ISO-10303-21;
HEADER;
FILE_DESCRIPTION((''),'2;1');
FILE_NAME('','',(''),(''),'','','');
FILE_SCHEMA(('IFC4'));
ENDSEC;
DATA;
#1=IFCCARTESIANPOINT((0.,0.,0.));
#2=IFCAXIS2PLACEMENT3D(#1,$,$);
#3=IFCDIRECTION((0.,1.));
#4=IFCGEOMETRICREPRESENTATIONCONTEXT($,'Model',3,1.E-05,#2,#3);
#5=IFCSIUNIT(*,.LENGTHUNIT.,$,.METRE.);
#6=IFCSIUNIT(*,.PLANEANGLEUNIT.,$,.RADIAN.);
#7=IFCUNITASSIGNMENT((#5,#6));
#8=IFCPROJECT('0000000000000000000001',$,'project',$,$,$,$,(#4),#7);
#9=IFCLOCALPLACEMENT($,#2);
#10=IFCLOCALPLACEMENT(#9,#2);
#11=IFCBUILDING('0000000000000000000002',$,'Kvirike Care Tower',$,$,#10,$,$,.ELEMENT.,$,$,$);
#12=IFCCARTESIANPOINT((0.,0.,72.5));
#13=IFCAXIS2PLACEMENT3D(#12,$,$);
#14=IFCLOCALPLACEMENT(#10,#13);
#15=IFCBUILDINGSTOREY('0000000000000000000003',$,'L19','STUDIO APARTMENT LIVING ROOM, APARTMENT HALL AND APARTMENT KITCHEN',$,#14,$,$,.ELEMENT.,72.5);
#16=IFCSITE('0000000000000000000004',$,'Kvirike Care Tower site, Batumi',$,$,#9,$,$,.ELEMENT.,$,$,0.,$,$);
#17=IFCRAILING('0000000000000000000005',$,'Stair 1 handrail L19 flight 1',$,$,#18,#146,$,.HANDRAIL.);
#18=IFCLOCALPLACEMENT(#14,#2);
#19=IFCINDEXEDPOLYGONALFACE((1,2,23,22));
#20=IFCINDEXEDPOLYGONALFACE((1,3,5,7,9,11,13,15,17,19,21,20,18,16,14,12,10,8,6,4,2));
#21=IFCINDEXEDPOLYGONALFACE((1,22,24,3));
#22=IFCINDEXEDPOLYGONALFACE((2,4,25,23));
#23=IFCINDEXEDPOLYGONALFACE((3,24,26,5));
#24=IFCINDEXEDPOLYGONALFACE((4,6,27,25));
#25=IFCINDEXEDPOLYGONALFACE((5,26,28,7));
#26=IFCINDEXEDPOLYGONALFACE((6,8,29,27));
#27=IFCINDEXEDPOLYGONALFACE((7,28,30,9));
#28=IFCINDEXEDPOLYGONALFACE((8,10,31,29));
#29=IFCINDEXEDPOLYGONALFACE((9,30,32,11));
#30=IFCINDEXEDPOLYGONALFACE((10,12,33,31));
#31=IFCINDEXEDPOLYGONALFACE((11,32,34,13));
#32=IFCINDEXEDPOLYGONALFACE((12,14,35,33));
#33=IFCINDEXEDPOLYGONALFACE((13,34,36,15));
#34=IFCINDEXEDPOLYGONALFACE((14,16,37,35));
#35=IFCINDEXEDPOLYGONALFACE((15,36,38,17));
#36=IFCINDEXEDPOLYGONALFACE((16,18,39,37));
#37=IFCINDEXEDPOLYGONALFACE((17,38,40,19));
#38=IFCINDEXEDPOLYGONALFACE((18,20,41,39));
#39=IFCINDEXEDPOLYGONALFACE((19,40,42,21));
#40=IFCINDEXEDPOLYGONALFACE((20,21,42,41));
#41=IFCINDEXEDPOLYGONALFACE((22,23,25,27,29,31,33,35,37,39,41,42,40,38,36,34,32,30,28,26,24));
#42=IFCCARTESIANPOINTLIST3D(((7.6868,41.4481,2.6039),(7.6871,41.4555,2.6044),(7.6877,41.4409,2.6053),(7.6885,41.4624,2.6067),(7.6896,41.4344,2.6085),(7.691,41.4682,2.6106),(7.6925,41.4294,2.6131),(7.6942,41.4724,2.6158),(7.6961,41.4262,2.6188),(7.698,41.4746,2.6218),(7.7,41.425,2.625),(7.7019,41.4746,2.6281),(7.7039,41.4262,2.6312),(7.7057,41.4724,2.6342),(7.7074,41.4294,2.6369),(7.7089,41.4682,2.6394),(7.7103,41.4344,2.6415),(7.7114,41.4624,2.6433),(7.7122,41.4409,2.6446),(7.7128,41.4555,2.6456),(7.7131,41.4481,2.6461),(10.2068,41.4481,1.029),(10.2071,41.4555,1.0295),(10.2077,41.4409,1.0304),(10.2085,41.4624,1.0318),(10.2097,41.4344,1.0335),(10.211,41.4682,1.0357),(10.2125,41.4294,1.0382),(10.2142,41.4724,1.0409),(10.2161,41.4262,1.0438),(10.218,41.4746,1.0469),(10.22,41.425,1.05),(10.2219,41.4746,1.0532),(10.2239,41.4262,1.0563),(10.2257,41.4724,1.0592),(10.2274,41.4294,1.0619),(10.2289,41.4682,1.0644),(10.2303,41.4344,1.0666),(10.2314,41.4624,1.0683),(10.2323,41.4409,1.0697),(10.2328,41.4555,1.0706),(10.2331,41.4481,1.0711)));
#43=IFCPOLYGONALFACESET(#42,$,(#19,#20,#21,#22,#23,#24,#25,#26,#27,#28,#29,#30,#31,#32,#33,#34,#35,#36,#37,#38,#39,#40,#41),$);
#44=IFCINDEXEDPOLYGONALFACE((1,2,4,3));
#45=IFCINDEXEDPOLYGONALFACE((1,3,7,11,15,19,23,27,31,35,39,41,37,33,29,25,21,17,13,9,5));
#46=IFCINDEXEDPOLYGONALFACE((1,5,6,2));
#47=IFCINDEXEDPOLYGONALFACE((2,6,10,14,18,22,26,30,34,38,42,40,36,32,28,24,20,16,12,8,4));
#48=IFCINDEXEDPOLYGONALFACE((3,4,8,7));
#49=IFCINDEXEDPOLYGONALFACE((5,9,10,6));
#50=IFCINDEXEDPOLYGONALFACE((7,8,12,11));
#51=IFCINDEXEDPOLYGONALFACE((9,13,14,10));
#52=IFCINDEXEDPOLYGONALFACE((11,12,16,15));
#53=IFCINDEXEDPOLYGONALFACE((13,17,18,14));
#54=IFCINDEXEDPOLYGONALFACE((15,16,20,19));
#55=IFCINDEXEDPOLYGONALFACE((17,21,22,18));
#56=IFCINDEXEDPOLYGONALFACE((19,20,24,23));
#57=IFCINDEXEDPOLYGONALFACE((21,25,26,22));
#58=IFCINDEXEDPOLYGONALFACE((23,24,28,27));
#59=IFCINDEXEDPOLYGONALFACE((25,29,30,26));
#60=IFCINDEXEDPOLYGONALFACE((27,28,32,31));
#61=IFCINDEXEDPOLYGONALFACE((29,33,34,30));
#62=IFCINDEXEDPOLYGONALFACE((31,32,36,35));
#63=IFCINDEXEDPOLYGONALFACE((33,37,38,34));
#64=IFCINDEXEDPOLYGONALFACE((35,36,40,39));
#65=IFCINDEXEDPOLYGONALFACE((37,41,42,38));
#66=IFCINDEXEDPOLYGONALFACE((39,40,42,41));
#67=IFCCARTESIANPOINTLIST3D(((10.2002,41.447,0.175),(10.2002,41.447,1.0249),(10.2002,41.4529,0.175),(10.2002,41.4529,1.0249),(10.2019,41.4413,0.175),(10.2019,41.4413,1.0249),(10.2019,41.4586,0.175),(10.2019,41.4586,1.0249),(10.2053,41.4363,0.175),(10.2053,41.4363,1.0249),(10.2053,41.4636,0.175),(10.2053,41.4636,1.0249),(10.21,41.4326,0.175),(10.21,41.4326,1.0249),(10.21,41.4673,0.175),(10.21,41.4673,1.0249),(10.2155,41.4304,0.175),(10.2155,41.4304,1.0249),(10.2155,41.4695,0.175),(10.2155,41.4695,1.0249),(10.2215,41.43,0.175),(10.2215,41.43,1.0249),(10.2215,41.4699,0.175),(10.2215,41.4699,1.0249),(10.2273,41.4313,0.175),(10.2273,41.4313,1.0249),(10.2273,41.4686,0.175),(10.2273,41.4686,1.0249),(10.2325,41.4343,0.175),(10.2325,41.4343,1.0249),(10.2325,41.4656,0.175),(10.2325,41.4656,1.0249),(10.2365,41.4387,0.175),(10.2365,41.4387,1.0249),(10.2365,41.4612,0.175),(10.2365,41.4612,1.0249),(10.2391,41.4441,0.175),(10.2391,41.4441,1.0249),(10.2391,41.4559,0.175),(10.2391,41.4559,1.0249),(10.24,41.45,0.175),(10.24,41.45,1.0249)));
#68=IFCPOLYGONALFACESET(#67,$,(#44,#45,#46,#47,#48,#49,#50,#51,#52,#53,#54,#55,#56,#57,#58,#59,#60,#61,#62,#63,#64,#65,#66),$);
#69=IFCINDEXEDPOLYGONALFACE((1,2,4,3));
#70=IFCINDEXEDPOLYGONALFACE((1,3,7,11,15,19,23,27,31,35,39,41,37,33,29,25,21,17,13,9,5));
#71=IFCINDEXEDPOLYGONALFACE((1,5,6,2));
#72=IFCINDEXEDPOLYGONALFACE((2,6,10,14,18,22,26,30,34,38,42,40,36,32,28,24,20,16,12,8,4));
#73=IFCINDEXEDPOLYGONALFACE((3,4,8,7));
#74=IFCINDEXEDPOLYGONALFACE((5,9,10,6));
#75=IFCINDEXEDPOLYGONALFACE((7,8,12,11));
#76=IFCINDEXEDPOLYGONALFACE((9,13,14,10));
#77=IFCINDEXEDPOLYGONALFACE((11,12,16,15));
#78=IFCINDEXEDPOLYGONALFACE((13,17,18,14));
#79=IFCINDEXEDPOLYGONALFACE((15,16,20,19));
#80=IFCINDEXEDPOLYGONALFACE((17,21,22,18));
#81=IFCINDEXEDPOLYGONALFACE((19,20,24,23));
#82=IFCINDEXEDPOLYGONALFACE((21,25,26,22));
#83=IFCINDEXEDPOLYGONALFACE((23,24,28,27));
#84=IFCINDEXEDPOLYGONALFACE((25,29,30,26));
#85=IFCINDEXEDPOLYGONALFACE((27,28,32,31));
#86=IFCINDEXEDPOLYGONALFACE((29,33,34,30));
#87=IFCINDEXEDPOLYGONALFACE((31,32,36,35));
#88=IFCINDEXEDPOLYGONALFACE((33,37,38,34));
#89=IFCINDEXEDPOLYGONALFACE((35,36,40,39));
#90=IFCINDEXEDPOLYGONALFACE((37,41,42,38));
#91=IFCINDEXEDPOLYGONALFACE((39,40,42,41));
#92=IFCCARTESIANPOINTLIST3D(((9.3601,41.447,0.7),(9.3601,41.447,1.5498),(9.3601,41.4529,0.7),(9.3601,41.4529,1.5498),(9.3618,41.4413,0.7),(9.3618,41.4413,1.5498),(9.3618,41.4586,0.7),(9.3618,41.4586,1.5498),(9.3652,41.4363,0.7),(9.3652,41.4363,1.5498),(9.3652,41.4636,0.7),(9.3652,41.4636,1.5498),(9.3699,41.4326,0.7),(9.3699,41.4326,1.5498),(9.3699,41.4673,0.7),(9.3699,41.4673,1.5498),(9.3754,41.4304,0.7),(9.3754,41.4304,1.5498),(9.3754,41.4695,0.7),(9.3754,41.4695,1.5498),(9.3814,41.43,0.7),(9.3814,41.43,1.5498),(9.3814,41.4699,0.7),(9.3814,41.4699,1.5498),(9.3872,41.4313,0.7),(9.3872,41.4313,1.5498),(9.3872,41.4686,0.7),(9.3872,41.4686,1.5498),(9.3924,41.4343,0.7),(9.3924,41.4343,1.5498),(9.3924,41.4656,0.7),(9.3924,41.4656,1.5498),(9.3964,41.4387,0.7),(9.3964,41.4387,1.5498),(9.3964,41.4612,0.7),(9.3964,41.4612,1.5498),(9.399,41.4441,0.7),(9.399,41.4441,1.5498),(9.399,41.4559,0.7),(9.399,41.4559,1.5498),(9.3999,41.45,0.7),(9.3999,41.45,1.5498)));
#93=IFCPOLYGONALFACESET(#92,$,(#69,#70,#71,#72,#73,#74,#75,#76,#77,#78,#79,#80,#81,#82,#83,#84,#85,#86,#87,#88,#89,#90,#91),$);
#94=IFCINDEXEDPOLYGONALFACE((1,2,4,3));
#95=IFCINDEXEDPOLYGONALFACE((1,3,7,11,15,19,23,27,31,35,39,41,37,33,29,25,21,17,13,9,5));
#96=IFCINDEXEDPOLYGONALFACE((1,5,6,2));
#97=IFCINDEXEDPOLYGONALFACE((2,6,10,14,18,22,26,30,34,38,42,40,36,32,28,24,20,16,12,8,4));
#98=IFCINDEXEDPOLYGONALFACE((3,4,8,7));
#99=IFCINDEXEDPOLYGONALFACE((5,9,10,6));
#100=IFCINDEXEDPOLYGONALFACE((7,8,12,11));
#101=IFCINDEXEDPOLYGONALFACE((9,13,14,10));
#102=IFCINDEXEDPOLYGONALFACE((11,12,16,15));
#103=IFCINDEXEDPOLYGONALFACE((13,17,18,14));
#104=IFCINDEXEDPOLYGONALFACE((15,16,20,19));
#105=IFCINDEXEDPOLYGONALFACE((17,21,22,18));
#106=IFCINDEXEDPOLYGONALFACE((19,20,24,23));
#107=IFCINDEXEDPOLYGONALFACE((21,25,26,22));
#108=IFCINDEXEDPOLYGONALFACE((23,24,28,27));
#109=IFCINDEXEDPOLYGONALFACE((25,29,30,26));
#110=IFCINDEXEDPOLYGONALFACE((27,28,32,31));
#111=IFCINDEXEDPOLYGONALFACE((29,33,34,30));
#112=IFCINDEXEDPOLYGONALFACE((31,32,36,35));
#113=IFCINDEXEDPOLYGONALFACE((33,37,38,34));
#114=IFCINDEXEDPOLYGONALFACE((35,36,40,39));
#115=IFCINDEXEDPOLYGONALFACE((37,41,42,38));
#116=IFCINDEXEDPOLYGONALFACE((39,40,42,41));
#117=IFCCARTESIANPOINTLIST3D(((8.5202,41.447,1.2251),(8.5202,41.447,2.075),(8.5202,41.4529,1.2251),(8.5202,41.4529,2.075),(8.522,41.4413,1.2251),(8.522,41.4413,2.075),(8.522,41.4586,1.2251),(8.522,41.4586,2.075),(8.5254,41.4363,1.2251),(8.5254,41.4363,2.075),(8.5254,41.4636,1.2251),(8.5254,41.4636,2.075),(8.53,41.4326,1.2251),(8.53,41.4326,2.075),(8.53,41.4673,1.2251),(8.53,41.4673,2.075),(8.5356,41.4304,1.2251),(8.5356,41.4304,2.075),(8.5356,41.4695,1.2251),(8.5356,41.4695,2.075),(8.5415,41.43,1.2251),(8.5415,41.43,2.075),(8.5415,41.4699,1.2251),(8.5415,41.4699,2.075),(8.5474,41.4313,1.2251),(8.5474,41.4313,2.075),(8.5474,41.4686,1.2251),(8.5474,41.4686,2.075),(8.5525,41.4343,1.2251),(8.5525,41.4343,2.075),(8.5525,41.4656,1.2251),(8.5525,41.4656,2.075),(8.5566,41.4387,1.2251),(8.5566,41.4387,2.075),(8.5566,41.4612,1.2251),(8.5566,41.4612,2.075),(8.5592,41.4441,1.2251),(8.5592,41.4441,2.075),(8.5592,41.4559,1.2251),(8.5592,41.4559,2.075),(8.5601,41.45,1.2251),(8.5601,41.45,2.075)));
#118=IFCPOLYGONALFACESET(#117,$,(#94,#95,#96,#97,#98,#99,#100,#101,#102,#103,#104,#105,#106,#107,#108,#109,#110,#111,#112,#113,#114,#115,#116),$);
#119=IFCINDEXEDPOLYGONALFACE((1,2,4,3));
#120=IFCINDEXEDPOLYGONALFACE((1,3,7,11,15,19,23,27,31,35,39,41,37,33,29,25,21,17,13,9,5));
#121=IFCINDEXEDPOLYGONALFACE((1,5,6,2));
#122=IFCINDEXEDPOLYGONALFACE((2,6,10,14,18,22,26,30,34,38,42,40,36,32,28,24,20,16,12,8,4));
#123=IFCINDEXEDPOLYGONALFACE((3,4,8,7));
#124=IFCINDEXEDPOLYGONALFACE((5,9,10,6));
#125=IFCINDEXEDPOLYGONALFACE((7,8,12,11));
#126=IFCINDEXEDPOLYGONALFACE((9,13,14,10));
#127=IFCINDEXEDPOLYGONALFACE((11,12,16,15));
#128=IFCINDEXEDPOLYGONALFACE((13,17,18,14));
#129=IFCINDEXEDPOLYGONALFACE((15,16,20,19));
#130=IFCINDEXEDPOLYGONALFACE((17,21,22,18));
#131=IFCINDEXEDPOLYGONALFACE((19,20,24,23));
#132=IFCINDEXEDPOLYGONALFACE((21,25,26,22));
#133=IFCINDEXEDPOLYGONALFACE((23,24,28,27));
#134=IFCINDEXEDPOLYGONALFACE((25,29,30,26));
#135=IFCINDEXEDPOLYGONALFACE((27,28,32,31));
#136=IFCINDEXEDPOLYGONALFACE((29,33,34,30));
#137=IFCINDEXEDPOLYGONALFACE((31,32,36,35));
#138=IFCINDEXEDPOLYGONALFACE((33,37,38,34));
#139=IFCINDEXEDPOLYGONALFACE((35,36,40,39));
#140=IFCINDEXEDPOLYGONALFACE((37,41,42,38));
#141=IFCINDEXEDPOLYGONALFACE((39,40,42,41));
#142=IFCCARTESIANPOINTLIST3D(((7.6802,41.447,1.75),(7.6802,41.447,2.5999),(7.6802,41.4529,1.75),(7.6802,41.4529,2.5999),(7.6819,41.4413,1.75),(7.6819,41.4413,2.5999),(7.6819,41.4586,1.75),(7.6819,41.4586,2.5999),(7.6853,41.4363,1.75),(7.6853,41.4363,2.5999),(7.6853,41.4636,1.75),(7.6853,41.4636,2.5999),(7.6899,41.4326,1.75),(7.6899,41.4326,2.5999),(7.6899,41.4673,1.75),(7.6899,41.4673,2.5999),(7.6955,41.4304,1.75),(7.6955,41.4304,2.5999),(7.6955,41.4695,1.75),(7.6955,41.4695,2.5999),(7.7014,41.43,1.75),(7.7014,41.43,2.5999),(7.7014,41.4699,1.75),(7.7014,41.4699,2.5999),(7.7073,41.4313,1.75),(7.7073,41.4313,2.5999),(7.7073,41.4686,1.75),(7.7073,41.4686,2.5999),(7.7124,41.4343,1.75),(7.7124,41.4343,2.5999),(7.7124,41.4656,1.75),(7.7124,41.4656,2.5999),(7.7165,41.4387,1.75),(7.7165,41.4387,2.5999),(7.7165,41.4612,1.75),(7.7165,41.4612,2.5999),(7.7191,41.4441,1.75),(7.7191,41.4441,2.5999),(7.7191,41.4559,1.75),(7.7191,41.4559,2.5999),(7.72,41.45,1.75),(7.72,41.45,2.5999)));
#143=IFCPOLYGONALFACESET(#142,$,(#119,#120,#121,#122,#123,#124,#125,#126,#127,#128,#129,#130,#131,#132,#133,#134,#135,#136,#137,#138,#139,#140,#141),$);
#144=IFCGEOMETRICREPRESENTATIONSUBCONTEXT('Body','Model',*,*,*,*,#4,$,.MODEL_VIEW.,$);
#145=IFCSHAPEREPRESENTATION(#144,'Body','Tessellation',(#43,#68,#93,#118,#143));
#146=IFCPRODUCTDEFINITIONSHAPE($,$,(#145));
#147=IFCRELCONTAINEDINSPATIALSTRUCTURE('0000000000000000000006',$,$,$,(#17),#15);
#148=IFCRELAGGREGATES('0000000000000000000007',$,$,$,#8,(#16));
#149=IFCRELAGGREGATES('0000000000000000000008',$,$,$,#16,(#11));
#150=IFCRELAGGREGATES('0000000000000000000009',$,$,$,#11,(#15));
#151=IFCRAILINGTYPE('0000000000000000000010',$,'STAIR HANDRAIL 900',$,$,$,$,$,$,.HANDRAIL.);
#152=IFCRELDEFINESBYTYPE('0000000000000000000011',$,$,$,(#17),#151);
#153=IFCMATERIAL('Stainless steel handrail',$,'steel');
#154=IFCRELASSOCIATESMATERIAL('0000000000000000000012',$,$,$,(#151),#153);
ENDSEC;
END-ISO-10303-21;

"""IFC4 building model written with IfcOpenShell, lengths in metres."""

from ifc_helpers import new_model, si_unit, direction, frame, origin, origin_2d, place, context, subcontext, project, spatial, circle, extrude, material, type_object, element, save


model = new_model("IFC4")

# Units and contexts
model_context = context("Model", 3, precision=1e-05, world=origin(), true_north=direction((0.0, 1.0)))
body_context = subcontext(model_context, "Body", "Model", "MODEL_VIEW")
ifc_project = project(units=[si_unit("LENGTHUNIT", "METRE"), si_unit("PLANEANGLEUNIT", "RADIAN")], contexts=[model_context])

# Site, building, storey
site_placement = place(None, origin())
site = spatial("IfcSite", under=ifc_project, at=site_placement, Name="Kvirike Care Tower site, Batumi", CompositionType="ELEMENT", RefElevation=0.0)
building_placement = place(site_placement, origin())
building = spatial("IfcBuilding", under=site, at=building_placement, Name="Kvirike Care Tower", CompositionType="ELEMENT")
storey_placement = place(building_placement, frame((0.0, 0.0, 72.5)))
storey = spatial("IfcBuildingStorey", under=building, at=storey_placement, Name="L19", Description="STUDIO APARTMENT LIVING ROOM, APARTMENT HALL AND APARTMENT KITCHEN", CompositionType="ELEMENT", Elevation=72.5)

# Railing
ifc_material_1 = material(Name="Stainless steel handrail", Category="steel")
railing_type = type_object("IfcRailingType", Name="STAIR HANDRAIL 900", PredefinedType="HANDRAIL", material=ifc_material_1)
railing_1_placement = place(storey_placement, frame((10.22, 41.45, 0.175)))
element("IfcRailing", 1, at=railing_1_placement, inside=storey, type_object=railing_type, Name="Stair 1 handrail L19 flight 1", PredefinedType="HANDRAIL", context=body_context, shape_type="SweptSolid", body=[
    extrude(circle(Radius=0.0249, at=origin_2d()), frame((0.0, 0.0, 0.875), z_axis=(-0.848008, 0.0, 0.529984), x_axis=(0.0, -1.0, 0.0)), (0.0, 0.0, 1.0), 2.9717),
    extrude(circle(Radius=0.02, at=origin_2d()), origin(), (0.0, 0.0, 1.0), 0.8499),
    extrude(circle(Radius=0.02, at=origin_2d()), frame((-0.8401, 0.0, 0.5249)), (0.0, 0.0, 1.0), 0.8499),
    extrude(circle(Radius=0.02, at=origin_2d()), frame((-1.6799, 0.0, 1.05)), (0.0, 0.0, 1.0), 0.8499),
    extrude(circle(Radius=0.02, at=origin_2d()), frame((-2.52, 0.0, 1.575)), (0.0, 0.0, 1.0), 0.8499),
])

save(model, "model.ifc")
